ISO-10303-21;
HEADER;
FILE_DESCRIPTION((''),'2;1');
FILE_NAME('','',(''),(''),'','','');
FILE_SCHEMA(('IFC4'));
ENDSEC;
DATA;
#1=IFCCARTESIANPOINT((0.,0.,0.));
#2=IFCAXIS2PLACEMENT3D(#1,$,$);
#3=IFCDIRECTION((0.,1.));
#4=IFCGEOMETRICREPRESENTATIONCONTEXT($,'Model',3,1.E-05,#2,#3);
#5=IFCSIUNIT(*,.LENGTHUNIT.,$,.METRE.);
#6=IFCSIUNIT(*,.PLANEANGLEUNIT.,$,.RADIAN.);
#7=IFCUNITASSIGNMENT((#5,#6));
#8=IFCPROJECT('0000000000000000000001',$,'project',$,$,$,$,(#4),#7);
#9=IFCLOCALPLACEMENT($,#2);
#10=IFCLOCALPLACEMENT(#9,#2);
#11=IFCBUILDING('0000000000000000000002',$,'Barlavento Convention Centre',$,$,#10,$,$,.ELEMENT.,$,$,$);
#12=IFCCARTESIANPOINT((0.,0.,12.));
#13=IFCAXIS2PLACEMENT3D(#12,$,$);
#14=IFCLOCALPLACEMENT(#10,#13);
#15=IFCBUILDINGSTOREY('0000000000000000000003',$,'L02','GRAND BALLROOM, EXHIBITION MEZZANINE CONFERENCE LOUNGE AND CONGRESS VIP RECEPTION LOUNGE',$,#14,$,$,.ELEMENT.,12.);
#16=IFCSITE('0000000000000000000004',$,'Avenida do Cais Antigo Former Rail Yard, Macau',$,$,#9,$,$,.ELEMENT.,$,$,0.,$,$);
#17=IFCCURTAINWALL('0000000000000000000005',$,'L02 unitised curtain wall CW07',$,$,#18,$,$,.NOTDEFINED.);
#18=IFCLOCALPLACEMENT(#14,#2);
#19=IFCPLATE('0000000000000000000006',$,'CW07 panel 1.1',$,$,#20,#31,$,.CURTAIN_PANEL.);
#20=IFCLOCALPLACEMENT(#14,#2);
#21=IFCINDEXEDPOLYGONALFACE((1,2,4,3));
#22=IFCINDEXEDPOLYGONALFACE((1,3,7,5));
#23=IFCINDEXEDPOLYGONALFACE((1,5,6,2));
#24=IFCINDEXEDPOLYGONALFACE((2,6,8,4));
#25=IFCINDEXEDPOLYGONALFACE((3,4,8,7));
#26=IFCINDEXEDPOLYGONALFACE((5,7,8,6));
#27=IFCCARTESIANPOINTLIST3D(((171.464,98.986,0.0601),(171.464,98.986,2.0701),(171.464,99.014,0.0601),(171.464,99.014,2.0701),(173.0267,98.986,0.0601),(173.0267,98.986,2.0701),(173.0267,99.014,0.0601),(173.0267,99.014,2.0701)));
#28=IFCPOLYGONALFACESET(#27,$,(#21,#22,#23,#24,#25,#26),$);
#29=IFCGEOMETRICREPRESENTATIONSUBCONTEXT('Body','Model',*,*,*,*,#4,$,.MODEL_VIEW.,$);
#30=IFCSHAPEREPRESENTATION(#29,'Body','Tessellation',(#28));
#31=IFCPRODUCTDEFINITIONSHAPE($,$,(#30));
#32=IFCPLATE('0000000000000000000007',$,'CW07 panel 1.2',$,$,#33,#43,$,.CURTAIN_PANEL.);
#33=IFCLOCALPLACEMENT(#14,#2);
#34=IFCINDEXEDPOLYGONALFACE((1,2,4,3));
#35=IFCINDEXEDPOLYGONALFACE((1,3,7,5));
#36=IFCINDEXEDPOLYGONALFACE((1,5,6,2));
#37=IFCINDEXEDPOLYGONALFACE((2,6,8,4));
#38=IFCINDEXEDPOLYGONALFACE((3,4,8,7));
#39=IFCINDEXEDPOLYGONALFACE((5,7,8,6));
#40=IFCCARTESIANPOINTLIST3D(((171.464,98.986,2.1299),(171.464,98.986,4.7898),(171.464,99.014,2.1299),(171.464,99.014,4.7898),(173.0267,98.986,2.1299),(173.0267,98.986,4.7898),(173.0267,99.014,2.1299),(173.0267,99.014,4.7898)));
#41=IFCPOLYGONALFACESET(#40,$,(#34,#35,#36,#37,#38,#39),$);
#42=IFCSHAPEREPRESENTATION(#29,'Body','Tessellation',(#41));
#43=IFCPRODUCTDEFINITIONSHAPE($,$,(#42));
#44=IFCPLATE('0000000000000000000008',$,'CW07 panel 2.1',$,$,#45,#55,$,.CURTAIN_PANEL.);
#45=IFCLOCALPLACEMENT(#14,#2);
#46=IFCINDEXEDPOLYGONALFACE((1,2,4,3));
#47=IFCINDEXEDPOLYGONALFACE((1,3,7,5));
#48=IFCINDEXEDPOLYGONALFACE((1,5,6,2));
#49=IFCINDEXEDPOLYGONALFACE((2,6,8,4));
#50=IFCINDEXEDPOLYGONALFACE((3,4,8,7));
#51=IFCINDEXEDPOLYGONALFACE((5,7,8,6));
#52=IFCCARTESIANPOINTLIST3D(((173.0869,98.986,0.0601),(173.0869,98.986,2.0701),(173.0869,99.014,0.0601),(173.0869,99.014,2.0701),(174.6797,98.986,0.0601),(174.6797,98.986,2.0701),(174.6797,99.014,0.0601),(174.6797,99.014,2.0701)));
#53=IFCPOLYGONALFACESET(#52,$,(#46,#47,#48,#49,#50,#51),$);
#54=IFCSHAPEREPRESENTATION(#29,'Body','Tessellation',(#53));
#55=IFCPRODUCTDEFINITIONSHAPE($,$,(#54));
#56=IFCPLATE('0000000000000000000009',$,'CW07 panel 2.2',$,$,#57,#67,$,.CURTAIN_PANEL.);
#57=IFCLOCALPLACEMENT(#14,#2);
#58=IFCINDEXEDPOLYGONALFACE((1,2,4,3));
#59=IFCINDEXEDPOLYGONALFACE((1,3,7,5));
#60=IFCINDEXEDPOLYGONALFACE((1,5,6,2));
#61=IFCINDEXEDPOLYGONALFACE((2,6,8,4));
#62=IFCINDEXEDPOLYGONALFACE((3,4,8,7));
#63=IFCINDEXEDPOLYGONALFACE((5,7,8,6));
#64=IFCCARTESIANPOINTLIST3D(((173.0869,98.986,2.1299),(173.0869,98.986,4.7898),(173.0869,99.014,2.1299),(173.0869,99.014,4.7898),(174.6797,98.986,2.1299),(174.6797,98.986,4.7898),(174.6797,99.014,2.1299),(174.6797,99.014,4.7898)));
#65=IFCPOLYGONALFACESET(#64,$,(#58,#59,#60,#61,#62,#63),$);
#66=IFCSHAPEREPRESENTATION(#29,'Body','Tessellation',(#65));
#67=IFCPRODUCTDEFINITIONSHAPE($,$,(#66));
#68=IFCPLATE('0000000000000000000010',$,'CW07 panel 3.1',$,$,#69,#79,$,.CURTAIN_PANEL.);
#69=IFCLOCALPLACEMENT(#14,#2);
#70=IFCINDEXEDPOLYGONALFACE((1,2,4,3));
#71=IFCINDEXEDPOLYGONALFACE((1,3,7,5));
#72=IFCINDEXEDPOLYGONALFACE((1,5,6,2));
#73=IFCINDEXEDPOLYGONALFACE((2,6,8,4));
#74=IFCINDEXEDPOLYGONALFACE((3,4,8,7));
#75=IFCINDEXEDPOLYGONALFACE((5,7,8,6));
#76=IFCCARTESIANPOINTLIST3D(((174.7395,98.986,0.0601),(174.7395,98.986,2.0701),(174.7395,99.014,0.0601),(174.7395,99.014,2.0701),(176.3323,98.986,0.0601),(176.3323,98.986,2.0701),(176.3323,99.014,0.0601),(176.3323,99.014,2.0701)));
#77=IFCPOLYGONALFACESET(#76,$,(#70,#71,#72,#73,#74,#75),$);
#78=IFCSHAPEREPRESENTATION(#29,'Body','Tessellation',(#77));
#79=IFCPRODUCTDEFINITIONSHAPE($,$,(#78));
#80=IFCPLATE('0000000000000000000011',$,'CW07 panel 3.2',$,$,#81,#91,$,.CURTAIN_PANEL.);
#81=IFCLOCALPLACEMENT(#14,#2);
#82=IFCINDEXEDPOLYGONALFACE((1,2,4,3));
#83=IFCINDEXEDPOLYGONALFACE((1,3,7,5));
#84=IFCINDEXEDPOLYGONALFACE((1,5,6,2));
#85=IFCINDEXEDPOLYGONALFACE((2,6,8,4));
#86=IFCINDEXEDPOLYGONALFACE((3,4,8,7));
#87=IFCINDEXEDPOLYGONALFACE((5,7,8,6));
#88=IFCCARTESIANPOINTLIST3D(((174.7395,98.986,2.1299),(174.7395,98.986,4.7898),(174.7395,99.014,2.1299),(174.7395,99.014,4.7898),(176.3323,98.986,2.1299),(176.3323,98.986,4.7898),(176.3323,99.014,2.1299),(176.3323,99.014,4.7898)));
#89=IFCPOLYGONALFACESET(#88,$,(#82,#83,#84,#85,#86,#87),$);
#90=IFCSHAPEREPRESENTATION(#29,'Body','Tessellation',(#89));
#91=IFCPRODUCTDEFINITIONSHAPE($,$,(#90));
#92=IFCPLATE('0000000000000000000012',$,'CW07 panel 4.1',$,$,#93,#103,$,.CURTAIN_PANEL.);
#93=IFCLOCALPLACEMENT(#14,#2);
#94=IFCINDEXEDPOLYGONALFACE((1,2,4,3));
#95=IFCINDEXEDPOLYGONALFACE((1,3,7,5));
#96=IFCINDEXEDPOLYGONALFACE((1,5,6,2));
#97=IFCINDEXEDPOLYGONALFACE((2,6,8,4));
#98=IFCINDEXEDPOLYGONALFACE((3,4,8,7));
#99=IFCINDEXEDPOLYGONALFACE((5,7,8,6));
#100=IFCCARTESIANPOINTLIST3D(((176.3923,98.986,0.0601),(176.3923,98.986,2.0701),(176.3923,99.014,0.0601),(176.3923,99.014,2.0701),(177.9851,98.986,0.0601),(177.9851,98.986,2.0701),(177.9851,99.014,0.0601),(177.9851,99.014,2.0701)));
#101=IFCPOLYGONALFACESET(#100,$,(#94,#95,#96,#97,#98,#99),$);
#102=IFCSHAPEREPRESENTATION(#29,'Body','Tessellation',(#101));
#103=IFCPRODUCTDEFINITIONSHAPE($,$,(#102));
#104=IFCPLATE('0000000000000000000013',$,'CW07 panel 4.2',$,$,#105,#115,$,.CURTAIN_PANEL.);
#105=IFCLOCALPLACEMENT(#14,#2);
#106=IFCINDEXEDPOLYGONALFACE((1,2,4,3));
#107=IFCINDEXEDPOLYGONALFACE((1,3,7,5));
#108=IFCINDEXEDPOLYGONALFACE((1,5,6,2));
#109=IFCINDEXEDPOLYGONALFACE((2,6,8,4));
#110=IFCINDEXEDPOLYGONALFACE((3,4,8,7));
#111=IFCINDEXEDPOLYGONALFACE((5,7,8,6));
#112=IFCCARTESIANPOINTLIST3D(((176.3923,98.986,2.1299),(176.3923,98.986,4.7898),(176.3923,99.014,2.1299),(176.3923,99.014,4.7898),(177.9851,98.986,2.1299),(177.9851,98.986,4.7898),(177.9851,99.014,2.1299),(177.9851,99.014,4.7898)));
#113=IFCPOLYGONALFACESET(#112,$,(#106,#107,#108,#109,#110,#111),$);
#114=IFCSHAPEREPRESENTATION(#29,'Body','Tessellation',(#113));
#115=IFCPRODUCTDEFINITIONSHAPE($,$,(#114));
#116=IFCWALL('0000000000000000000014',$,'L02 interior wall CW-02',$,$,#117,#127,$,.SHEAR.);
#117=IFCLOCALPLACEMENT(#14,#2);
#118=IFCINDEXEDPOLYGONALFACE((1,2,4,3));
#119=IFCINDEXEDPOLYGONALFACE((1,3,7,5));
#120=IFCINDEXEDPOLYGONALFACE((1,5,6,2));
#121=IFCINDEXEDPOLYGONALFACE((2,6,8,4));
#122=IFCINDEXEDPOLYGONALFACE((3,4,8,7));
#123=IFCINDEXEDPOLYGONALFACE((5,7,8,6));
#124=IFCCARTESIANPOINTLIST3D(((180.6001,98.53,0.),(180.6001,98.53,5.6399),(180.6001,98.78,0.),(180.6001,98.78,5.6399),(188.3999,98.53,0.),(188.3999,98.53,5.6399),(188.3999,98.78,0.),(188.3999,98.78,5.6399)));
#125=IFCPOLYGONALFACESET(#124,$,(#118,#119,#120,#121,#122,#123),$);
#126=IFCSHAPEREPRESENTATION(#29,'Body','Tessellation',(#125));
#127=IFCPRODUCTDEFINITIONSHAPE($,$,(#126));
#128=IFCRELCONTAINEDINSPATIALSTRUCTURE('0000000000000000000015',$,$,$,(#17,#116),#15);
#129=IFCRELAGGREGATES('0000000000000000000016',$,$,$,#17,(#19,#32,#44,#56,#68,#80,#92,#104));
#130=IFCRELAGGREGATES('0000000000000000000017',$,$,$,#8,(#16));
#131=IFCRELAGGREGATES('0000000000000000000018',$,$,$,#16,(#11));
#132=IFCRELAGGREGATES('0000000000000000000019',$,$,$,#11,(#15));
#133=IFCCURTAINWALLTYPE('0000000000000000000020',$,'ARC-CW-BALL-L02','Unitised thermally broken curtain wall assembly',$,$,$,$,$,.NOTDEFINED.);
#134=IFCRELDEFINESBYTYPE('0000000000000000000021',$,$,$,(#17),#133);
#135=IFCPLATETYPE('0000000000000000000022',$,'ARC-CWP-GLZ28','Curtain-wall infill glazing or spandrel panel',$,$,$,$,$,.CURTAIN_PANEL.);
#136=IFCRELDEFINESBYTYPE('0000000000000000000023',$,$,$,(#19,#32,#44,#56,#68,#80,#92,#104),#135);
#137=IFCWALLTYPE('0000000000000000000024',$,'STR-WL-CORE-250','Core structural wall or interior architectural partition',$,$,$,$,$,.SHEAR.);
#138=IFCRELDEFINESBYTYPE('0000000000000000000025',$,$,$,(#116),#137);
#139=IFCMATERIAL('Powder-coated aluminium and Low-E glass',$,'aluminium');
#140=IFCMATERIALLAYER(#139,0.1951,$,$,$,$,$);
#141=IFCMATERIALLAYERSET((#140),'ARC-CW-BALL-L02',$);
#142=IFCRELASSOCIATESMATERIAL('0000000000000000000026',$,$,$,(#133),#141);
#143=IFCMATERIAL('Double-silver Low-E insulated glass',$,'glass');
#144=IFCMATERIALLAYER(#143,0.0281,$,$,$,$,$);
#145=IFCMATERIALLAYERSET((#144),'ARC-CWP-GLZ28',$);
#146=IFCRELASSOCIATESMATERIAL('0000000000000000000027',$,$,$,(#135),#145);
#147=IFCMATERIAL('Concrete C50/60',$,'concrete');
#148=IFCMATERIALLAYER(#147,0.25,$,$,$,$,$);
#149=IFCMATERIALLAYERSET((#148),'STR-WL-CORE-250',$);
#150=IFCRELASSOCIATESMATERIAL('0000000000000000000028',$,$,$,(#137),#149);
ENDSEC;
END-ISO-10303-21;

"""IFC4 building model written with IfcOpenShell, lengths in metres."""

from ifc_helpers import new_model, si_unit, direction, frame, frame_2d, origin, origin_2d, place, context, subcontext, project, spatial, rectangle, extrude, material, layer, layer_set, type_object, element, aggregate, save


model = new_model("IFC4")

# Units and contexts
model_context = context("Model", 3, precision=1e-05, world=origin(), true_north=direction((0.0, 1.0)))
body_context = subcontext(model_context, "Body", "Model", "MODEL_VIEW")
ifc_project = project(units=[si_unit("LENGTHUNIT", "METRE"), si_unit("PLANEANGLEUNIT", "RADIAN")], contexts=[model_context])

# Site, building, storey
site_placement = place(None, origin())
site = spatial("IfcSite", under=ifc_project, at=site_placement, Name="Avenida do Cais Antigo Former Rail Yard, Macau", CompositionType="ELEMENT", RefElevation=0.0)
building_placement = place(site_placement, origin())
building = spatial("IfcBuilding", under=site, at=building_placement, Name="Barlavento Convention Centre", CompositionType="ELEMENT")
storey_placement = place(building_placement, frame((0.0, 0.0, 12.0)))
storey = spatial("IfcBuildingStorey", under=building, at=storey_placement, Name="L02", Description="GRAND BALLROOM, EXHIBITION MEZZANINE CONFERENCE LOUNGE AND CONGRESS VIP RECEPTION LOUNGE", CompositionType="ELEMENT", Elevation=12.0)

# Shared definitions
ifc_material_1 = material(Name="Powder-coated aluminium and Low-E glass", Category="aluminium")
ifc_layer_1 = layer(ifc_material_1, 0.1951)
ifc_layer_set_1 = layer_set([ifc_layer_1], Name="ARC-CW-BALL-L02")
curtain_wall_type = type_object("IfcCurtainWallType", Name="ARC-CW-BALL-L02", Description="Unitised thermally broken curtain wall assembly", PredefinedType="NOTDEFINED", material=ifc_layer_set_1)

# Curtain wall
curtain_wall_1_placement = place(storey_placement, origin())
curtain_wall_1 = element("IfcCurtainWall", 1, at=curtain_wall_1_placement, inside=storey, type_object=curtain_wall_type, Name="L02 unitised curtain wall CW07", PredefinedType="NOTDEFINED")

# Plates
ifc_material_2 = material(Name="Double-silver Low-E insulated glass", Category="glass")
ifc_layer_2 = layer(ifc_material_2, 0.0281)
ifc_layer_set_2 = layer_set([ifc_layer_2], Name="ARC-CWP-GLZ28")
plate_type = type_object("IfcPlateType", Name="ARC-CWP-GLZ28", Description="Curtain-wall infill glazing or spandrel panel", PredefinedType="CURTAIN_PANEL", material=ifc_layer_set_2)
plate_1_placement = place(storey_placement, frame((172.2454, 99.0, 0.0601), z_axis=(0.0, 0.0, 1.0), x_axis=(1.0, 0.0, 0.0)))
plate_1 = element("IfcPlate", 2, at=plate_1_placement, type_object=plate_type, Name="CW07 panel 1.1", PredefinedType="CURTAIN_PANEL", context=body_context, shape_type="SweptSolid", body=[
    extrude(rectangle(XDim=1.5627, YDim=0.0281, at=origin_2d()), origin(), (0.0, 0.0, 1.0), 2.01),
])
plate_2_placement = place(storey_placement, frame((172.2454, 99.0, 2.1299), z_axis=(0.0, 0.0, 1.0), x_axis=(1.0, 0.0, 0.0)))
plate_2 = element("IfcPlate", 3, at=plate_2_placement, type_object=plate_type, Name="CW07 panel 1.2", PredefinedType="CURTAIN_PANEL", context=body_context, shape_type="SweptSolid", body=[
    extrude(rectangle(XDim=1.5627, YDim=0.0281, at=origin_2d()), origin(), (0.0, 0.0, 1.0), 2.6599),
])
plate_3_placement = place(storey_placement, frame((173.8833, 99.0, 0.0601), z_axis=(0.0, 0.0, 1.0), x_axis=(1.0, 0.0, 0.0)))
plate_3 = element("IfcPlate", 4, at=plate_3_placement, type_object=plate_type, Name="CW07 panel 2.1", PredefinedType="CURTAIN_PANEL", context=body_context, shape_type="SweptSolid", body=[
    extrude(rectangle(XDim=1.5928, YDim=0.0281, at=origin_2d()), origin(), (0.0, 0.0, 1.0), 2.01),
])
plate_4_placement = place(storey_placement, frame((173.8833, 99.0, 2.1299), z_axis=(0.0, 0.0, 1.0), x_axis=(1.0, 0.0, 0.0)))
plate_4 = element("IfcPlate", 5, at=plate_4_placement, type_object=plate_type, Name="CW07 panel 2.2", PredefinedType="CURTAIN_PANEL", context=body_context, shape_type="SweptSolid", body=[
    extrude(rectangle(XDim=1.5928, YDim=0.0281, at=origin_2d()), origin(), (0.0, 0.0, 1.0), 2.6599),
])
plate_5_placement = place(storey_placement, frame((175.5359, 99.0, 0.0601), z_axis=(0.0, 0.0, 1.0), x_axis=(1.0, 0.0, 0.0)))
plate_5 = element("IfcPlate", 6, at=plate_5_placement, type_object=plate_type, Name="CW07 panel 3.1", PredefinedType="CURTAIN_PANEL", context=body_context, shape_type="SweptSolid", body=[
    extrude(rectangle(XDim=1.5928, YDim=0.0281, at=origin_2d()), origin(), (0.0, 0.0, 1.0), 2.01),
])
plate_6_placement = place(storey_placement, frame((175.5359, 99.0, 2.1299), z_axis=(0.0, 0.0, 1.0), x_axis=(1.0, 0.0, 0.0)))
plate_6 = element("IfcPlate", 7, at=plate_6_placement, type_object=plate_type, Name="CW07 panel 3.2", PredefinedType="CURTAIN_PANEL", context=body_context, shape_type="SweptSolid", body=[
    extrude(rectangle(XDim=1.5928, YDim=0.0281, at=origin_2d()), origin(), (0.0, 0.0, 1.0), 2.6599),
])
plate_7_placement = place(storey_placement, frame((177.1887, 99.0, 0.0601), z_axis=(0.0, 0.0, 1.0), x_axis=(1.0, 0.0, 0.0)))
plate_7 = element("IfcPlate", 8, at=plate_7_placement, type_object=plate_type, Name="CW07 panel 4.1", PredefinedType="CURTAIN_PANEL", context=body_context, shape_type="SweptSolid", body=[
    extrude(rectangle(XDim=1.5928, YDim=0.0281, at=origin_2d()), origin(), (0.0, 0.0, 1.0), 2.01),
])
plate_8_placement = place(storey_placement, frame((177.1887, 99.0, 2.1299), z_axis=(0.0, 0.0, 1.0), x_axis=(1.0, 0.0, 0.0)))
plate_8 = element("IfcPlate", 9, at=plate_8_placement, type_object=plate_type, Name="CW07 panel 4.2", PredefinedType="CURTAIN_PANEL", context=body_context, shape_type="SweptSolid", body=[
    extrude(rectangle(XDim=1.5928, YDim=0.0281, at=origin_2d()), origin(), (0.0, 0.0, 1.0), 2.6599),
])
aggregate(curtain_wall_1, [plate_1, plate_2, plate_3, plate_4, plate_5, plate_6, plate_7, plate_8])

# Wall
ifc_material_3 = material(Name="Concrete C50/60", Category="concrete")
ifc_layer_3 = layer(ifc_material_3, 0.25)
ifc_layer_set_3 = layer_set([ifc_layer_3], Name="STR-WL-CORE-250")
wall_type = type_object("IfcWallType", Name="STR-WL-CORE-250", Description="Core structural wall or interior architectural partition", PredefinedType="SHEAR", material=ifc_layer_set_3)
wall_placement = place(storey_placement, frame((180.6001, 98.655, 0.0), z_axis=(0.0, 0.0, 1.0), x_axis=(1.0, 0.0, 0.0)))
element("IfcWall", 10, at=wall_placement, inside=storey, type_object=wall_type, Name="L02 interior wall CW-02", PredefinedType="SHEAR", context=body_context, shape_type="SweptSolid", body=[
    extrude(rectangle(XDim=7.7998, YDim=0.25, at=frame_2d((3.8999, 0.0))), origin(), (0.0, 0.0, 1.0), 5.6399),
])

save(model, "model.ifc")
